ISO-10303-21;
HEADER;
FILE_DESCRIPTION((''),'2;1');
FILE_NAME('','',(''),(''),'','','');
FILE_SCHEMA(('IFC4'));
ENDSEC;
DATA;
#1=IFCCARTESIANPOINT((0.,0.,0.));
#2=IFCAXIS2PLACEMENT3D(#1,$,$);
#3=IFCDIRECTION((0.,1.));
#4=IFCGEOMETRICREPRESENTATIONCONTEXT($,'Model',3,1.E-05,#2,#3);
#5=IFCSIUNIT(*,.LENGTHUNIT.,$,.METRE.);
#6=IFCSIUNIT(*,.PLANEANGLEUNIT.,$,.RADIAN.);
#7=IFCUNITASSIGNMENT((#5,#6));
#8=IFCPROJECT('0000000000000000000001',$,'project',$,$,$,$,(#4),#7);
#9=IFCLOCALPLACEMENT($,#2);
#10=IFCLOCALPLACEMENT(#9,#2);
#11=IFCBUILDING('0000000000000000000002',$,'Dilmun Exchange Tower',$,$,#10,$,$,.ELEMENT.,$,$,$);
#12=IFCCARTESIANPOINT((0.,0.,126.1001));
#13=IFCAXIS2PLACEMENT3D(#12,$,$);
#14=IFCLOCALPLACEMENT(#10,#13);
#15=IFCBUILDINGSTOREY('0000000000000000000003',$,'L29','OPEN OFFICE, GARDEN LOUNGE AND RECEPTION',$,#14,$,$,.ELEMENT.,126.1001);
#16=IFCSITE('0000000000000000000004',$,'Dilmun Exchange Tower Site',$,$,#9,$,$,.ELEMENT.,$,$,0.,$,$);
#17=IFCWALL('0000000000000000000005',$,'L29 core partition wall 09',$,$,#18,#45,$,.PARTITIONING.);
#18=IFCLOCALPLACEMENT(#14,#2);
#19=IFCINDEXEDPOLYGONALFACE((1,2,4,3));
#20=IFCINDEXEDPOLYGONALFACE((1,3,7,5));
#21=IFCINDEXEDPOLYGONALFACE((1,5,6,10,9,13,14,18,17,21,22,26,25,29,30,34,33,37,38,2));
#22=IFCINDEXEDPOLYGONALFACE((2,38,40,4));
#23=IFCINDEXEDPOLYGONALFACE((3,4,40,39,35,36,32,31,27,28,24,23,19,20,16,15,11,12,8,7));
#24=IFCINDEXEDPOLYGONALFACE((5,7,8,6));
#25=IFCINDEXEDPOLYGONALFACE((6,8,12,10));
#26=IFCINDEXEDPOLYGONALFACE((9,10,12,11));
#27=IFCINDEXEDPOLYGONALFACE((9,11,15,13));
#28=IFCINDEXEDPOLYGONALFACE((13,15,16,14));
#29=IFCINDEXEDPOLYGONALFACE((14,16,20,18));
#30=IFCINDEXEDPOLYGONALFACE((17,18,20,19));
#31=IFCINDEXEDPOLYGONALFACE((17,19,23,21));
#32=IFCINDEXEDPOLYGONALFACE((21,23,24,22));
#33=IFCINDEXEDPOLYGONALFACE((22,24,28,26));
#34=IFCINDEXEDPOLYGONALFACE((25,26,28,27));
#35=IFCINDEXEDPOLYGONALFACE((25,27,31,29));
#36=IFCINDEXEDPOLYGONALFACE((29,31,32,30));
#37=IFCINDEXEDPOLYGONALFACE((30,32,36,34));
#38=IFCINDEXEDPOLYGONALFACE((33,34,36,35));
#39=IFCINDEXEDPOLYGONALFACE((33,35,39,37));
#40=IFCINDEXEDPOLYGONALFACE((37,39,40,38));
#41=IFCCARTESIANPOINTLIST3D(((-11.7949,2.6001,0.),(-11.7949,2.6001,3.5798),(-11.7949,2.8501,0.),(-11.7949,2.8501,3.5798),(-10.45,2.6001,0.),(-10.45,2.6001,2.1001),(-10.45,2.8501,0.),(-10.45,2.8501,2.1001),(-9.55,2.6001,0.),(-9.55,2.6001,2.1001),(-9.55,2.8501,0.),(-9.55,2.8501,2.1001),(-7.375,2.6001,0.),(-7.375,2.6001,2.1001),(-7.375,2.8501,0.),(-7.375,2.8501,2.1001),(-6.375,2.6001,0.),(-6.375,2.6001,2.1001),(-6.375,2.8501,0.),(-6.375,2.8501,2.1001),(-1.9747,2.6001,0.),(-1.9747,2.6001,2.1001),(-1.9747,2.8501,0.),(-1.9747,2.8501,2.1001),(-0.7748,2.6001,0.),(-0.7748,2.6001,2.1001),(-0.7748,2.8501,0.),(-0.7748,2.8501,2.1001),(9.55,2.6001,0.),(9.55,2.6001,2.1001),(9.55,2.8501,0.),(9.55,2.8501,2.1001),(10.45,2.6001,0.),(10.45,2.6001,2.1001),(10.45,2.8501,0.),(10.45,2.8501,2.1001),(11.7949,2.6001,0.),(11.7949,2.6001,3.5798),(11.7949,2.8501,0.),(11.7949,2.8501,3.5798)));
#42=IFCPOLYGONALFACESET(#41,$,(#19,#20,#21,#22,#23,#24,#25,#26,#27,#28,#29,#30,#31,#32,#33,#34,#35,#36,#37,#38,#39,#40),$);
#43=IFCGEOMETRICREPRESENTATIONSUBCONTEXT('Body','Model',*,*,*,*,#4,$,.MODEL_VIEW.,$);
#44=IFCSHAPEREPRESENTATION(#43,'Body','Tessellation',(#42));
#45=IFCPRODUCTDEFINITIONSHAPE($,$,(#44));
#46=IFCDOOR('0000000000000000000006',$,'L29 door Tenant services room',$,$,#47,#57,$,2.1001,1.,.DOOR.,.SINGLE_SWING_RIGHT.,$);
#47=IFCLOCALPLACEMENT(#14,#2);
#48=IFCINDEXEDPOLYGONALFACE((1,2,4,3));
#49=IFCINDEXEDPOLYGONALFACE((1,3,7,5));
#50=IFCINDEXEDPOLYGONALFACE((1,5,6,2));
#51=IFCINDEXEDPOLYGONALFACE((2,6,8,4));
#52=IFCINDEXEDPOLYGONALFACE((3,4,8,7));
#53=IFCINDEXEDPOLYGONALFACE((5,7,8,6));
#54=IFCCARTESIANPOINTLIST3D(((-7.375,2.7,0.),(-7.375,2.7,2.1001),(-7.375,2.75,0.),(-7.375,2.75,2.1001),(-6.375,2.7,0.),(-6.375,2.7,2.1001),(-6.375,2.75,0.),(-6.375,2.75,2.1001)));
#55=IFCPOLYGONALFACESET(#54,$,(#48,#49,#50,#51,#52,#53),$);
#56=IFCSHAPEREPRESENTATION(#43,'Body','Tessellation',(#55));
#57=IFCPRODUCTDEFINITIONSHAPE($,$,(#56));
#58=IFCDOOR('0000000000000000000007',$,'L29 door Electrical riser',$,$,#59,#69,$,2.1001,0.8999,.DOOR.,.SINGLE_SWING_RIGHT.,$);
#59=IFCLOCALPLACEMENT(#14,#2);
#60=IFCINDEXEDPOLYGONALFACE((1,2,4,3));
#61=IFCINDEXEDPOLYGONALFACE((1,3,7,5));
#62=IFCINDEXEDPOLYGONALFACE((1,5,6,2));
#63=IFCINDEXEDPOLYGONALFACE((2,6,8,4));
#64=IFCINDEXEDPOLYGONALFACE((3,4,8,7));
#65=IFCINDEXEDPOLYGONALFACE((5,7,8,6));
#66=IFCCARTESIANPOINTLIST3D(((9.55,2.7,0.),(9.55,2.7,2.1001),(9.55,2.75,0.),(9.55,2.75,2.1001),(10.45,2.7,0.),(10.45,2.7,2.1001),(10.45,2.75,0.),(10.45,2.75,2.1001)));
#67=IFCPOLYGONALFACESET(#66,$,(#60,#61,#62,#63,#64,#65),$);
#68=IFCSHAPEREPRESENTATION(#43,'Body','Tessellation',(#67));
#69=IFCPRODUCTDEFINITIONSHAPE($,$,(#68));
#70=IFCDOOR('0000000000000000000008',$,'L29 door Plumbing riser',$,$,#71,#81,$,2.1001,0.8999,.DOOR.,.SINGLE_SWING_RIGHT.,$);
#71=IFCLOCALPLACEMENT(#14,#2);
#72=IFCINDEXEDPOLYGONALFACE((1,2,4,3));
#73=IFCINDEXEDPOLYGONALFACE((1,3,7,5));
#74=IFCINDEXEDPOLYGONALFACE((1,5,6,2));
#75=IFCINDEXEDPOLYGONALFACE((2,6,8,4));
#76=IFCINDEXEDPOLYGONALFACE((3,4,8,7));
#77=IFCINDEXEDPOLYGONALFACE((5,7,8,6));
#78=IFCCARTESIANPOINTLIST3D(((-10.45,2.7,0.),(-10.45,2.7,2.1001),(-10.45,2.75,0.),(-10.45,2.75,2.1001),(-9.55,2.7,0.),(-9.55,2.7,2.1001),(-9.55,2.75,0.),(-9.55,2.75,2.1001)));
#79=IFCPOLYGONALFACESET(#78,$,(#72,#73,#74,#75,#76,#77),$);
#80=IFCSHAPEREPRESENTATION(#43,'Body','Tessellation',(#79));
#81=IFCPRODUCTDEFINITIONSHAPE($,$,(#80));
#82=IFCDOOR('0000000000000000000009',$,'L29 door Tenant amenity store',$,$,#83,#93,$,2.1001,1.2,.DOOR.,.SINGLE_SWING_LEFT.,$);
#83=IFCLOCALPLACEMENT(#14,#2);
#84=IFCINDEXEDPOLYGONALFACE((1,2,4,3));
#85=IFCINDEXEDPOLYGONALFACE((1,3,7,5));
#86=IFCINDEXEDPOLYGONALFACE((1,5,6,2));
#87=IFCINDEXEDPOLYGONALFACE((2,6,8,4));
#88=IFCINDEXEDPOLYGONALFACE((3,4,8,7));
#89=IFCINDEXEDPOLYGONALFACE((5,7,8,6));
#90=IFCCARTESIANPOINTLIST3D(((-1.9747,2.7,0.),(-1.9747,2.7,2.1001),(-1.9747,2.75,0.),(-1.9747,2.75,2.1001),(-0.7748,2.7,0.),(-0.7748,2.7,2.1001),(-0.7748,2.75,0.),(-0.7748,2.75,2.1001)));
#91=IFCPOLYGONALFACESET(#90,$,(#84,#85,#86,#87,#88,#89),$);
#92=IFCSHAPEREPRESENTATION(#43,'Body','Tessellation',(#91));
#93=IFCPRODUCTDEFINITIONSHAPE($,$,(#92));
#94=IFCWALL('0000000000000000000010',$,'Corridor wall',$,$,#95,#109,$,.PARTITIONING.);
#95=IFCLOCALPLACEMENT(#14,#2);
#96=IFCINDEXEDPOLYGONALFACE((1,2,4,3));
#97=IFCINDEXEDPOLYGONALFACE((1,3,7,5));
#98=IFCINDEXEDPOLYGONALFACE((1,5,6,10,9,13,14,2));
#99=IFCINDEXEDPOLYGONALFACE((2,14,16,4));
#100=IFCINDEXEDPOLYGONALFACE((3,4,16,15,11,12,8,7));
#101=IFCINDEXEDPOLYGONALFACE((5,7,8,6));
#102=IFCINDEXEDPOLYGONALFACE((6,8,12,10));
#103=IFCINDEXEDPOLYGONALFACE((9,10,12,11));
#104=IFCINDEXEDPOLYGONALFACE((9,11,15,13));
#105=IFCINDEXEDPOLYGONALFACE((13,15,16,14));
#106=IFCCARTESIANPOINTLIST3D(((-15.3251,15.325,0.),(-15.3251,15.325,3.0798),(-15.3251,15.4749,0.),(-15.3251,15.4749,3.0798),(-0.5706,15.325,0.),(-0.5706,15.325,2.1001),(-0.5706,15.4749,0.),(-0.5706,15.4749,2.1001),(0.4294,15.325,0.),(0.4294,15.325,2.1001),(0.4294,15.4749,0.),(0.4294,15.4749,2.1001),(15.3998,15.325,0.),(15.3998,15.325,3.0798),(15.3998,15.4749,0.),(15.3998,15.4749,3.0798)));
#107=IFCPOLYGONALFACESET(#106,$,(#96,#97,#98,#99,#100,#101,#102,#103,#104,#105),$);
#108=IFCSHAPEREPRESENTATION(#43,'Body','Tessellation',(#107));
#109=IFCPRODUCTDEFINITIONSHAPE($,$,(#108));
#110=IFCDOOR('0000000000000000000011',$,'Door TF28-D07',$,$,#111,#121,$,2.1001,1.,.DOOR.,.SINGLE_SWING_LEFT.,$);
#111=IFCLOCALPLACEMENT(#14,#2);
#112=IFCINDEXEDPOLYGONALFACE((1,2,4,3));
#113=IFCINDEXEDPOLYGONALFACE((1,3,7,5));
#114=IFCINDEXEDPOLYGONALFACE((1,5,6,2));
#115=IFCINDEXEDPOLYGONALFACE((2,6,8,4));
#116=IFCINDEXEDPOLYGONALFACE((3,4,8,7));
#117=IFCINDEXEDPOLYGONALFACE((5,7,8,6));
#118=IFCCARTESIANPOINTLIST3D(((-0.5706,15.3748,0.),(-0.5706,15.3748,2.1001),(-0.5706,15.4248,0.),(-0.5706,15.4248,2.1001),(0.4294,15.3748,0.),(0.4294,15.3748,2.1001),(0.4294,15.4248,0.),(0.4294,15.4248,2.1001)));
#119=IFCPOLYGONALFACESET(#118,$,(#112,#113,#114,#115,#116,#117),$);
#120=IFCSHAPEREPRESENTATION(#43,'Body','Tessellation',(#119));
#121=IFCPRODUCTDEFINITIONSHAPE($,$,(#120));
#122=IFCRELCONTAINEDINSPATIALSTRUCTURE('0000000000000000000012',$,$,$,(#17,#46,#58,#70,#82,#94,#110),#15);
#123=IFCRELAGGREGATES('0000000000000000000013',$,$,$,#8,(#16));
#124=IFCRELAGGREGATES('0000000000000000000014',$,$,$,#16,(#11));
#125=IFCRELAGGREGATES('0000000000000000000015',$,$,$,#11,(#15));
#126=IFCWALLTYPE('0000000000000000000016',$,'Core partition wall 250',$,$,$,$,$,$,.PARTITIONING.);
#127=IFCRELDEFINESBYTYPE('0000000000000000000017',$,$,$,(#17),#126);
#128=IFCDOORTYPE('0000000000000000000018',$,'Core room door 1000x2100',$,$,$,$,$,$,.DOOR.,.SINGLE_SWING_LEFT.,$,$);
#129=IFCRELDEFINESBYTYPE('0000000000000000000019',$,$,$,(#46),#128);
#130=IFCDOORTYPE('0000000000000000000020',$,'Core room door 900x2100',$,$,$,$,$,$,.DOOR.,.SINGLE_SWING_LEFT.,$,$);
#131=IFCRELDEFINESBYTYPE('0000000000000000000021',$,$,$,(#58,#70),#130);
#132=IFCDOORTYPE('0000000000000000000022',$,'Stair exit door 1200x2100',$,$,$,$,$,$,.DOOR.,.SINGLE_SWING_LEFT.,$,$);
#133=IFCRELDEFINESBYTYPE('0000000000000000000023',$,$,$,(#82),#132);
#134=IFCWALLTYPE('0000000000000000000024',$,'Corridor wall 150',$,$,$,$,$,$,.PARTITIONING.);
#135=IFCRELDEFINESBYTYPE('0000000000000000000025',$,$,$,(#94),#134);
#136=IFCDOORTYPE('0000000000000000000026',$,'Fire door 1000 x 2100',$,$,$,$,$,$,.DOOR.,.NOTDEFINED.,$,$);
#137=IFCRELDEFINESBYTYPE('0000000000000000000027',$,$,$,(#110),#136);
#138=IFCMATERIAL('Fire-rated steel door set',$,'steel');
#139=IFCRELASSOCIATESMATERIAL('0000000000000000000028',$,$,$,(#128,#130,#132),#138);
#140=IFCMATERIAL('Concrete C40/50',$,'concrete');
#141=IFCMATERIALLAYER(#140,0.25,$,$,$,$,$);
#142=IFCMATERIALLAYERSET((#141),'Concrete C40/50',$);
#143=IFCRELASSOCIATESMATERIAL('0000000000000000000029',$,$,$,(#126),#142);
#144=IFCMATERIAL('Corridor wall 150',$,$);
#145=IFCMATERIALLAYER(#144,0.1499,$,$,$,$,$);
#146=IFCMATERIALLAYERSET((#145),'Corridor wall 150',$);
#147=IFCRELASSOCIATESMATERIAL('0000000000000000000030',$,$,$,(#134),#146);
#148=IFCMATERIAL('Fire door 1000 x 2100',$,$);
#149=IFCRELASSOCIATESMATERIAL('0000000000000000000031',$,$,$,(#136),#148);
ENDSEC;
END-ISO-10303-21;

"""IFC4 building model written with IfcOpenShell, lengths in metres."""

from ifc_helpers import new_model, si_unit, direction, frame, frame_2d, origin, place, context, subcontext, project, spatial, rectangle, extrude, material, layer, layer_set, type_object, element, fill, save


model = new_model("IFC4")

# Units and contexts
model_context = context("Model", 3, precision=1e-05, world=origin(), true_north=direction((0.0, 1.0)))
body_context = subcontext(model_context, "Body", "Model", "MODEL_VIEW")
ifc_project = project(units=[si_unit("LENGTHUNIT", "METRE"), si_unit("PLANEANGLEUNIT", "RADIAN")], contexts=[model_context])

# Site, building, storey
site_placement = place(None, origin())
site = spatial("IfcSite", under=ifc_project, at=site_placement, Name="Dilmun Exchange Tower Site", CompositionType="ELEMENT", RefElevation=0.0)
building_placement = place(site_placement, origin())
building = spatial("IfcBuilding", under=site, at=building_placement, Name="Dilmun Exchange Tower", CompositionType="ELEMENT")
storey_placement = place(building_placement, frame((0.0, 0.0, 126.1001)))
storey = spatial("IfcBuildingStorey", under=building, at=storey_placement, Name="L29", Description="OPEN OFFICE, GARDEN LOUNGE AND RECEPTION", CompositionType="ELEMENT", Elevation=126.1001)

# Shared definitions
ifc_material_1 = material(Name="Concrete C40/50", Category="concrete")

# Shared definitions
ifc_material_2 = material(Name="Fire-rated steel door set", Category="steel")
door_type_1 = type_object("IfcDoorType", Name="Core room door 1000x2100", OperationType="SINGLE_SWING_LEFT", PredefinedType="DOOR", material=ifc_material_2)

# Wall, openings, doors
ifc_layer_1 = layer(ifc_material_1, 0.25)
ifc_layer_set_1 = layer_set([ifc_layer_1], Name="Concrete C40/50")
wall_type_1 = type_object("IfcWallType", Name="Core partition wall 250", PredefinedType="PARTITIONING", material=ifc_layer_set_1)
wall_1_placement = place(storey_placement, frame((-11.7949, 2.7251, 0.0), z_axis=(0.0, 0.0, 1.0), x_axis=(1.0, 0.0, 0.0)))
wall_1 = element("IfcWall", 1, at=wall_1_placement, inside=storey, type_object=wall_type_1, Name="L29 core partition wall 09", PredefinedType="PARTITIONING", context=body_context, shape_type="SweptSolid", body=[
    extrude(rectangle(XDim=23.5898, YDim=0.25, at=frame_2d((11.7949, 0.0))), origin(), (0.0, 0.0, 1.0), 3.5798),
])
opening_1_placement = place(wall_1_placement, frame((21.345, 0.0, 0.0)))
opening_1 = element("IfcOpeningElement", 2, at=opening_1_placement, cuts=wall_1, PredefinedType="OPENING", context=body_context, shape_type="SweptSolid", body=[
    extrude(rectangle(XDim=0.8999, YDim=2.1001, at=frame_2d((0.45, 1.05))), frame((0.0, 0.135, 0.0), z_axis=(0.0, -1.0, 0.0), x_axis=(1.0, 0.0, 0.0)), (0.0, 0.0, 1.0), 0.27),
])
opening_2_placement = place(wall_1_placement, frame((1.345, 0.0, 0.0)))
opening_2 = element("IfcOpeningElement", 3, at=opening_2_placement, cuts=wall_1, PredefinedType="OPENING", context=body_context, shape_type="SweptSolid", body=[
    extrude(rectangle(XDim=0.8999, YDim=2.1001, at=frame_2d((0.45, 1.05))), frame((0.0, 0.135, 0.0), z_axis=(0.0, -1.0, 0.0), x_axis=(1.0, 0.0, 0.0)), (0.0, 0.0, 1.0), 0.27),
])
opening_3_placement = place(wall_1_placement, frame((4.4199, 0.0, 0.0)))
opening_3 = element("IfcOpeningElement", 4, at=opening_3_placement, cuts=wall_1, PredefinedType="OPENING", context=body_context, shape_type="SweptSolid", body=[
    extrude(rectangle(XDim=1.0, YDim=2.1001, at=frame_2d((0.5, 1.05))), frame((0.0, 0.135, 0.0), z_axis=(0.0, -1.0, 0.0), x_axis=(1.0, 0.0, 0.0)), (0.0, 0.0, 1.0), 0.27),
])
opening_4_placement = place(wall_1_placement, frame((9.8201, 0.0, 0.0)))
opening_4 = element("IfcOpeningElement", 5, at=opening_4_placement, cuts=wall_1, PredefinedType="OPENING", context=body_context, shape_type="SweptSolid", body=[
    extrude(rectangle(XDim=1.2, YDim=2.1001, at=frame_2d((0.6001, 1.05))), frame((0.0, 0.135, 0.0), z_axis=(0.0, -1.0, 0.0), x_axis=(1.0, 0.0, 0.0)), (0.0, 0.0, 1.0), 0.27),
])
door_1_placement = place(opening_3_placement, origin())
door_1 = element("IfcDoor", 6, at=door_1_placement, inside=storey, type_object=door_type_1, Name="L29 door Tenant services room", OperationType="SINGLE_SWING_RIGHT", OverallHeight=2.1001, OverallWidth=1.0, PredefinedType="DOOR", context=body_context, shape_type="SweptSolid", body=[
    extrude(rectangle(XDim=1.0, YDim=2.1001, at=frame_2d((0.5, 1.05))), frame((0.0, 0.0249, 0.0), z_axis=(0.0, -1.0, 0.0), x_axis=(1.0, 0.0, 0.0)), (0.0, 0.0, 1.0), 0.05),
])
fill(opening_3, door_1)
door_type_2 = type_object("IfcDoorType", Name="Core room door 900x2100", OperationType="SINGLE_SWING_LEFT", PredefinedType="DOOR", material=ifc_material_2)
door_2_placement = place(opening_1_placement, origin())
door_2 = element("IfcDoor", 7, at=door_2_placement, inside=storey, type_object=door_type_2, Name="L29 door Electrical riser", OperationType="SINGLE_SWING_RIGHT", OverallHeight=2.1001, OverallWidth=0.8999, PredefinedType="DOOR", context=body_context, shape_type="SweptSolid", body=[
    extrude(rectangle(XDim=0.8999, YDim=2.1001, at=frame_2d((0.45, 1.05))), frame((0.0, 0.0249, 0.0), z_axis=(0.0, -1.0, 0.0), x_axis=(1.0, 0.0, 0.0)), (0.0, 0.0, 1.0), 0.05),
])
fill(opening_1, door_2)
door_3_placement = place(opening_2_placement, origin())
door_3 = element("IfcDoor", 8, at=door_3_placement, inside=storey, type_object=door_type_2, Name="L29 door Plumbing riser", OperationType="SINGLE_SWING_RIGHT", OverallHeight=2.1001, OverallWidth=0.8999, PredefinedType="DOOR", context=body_context, shape_type="SweptSolid", body=[
    extrude(rectangle(XDim=0.8999, YDim=2.1001, at=frame_2d((0.45, 1.05))), frame((0.0, 0.0249, 0.0), z_axis=(0.0, -1.0, 0.0), x_axis=(1.0, 0.0, 0.0)), (0.0, 0.0, 1.0), 0.05),
])
fill(opening_2, door_3)
door_type_3 = type_object("IfcDoorType", Name="Stair exit door 1200x2100", OperationType="SINGLE_SWING_LEFT", PredefinedType="DOOR", material=ifc_material_2)
door_4_placement = place(opening_4_placement, origin())
door_4 = element("IfcDoor", 9, at=door_4_placement, inside=storey, type_object=door_type_3, Name="L29 door Tenant amenity store", OperationType="SINGLE_SWING_LEFT", OverallHeight=2.1001, OverallWidth=1.2, PredefinedType="DOOR", context=body_context, shape_type="SweptSolid", body=[
    extrude(rectangle(XDim=1.2, YDim=2.1001, at=frame_2d((0.6001, 1.05))), frame((0.0, 0.0249, 0.0), z_axis=(0.0, -1.0, 0.0), x_axis=(1.0, 0.0, 0.0)), (0.0, 0.0, 1.0), 0.05),
])
fill(opening_4, door_4)

# Wall, opening, door
ifc_material_3 = material(Name="Corridor wall 150")
ifc_layer_2 = layer(ifc_material_3, 0.1499)
ifc_layer_set_2 = layer_set([ifc_layer_2], Name="Corridor wall 150")
wall_type_2 = type_object("IfcWallType", Name="Corridor wall 150", PredefinedType="PARTITIONING", material=ifc_layer_set_2)
wall_2_placement = place(storey_placement, frame((-15.325, 15.3999, 0.0), z_axis=(0.0, 0.0, 1.0), x_axis=(1.0, 0.0, 0.0)))
wall_2 = element("IfcWall", 10, at=wall_2_placement, inside=storey, type_object=wall_type_2, Name="Corridor wall", PredefinedType="PARTITIONING", context=body_context, shape_type="SweptSolid", body=[
    extrude(rectangle(XDim=30.7249, YDim=0.1499, at=frame_2d((15.3623, 0.0))), origin(), (0.0, 0.0, 1.0), 3.0798),
])
opening_5_placement = place(wall_2_placement, frame((14.7544, 0.0, 0.0)))
opening_5 = element("IfcOpeningElement", 11, at=opening_5_placement, cuts=wall_2, PredefinedType="OPENING", context=body_context, shape_type="SweptSolid", body=[
    extrude(rectangle(XDim=1.0, YDim=2.1001, at=frame_2d((0.5, 1.05))), frame((0.0, 0.085, 0.0), z_axis=(0.0, -1.0, 0.0), x_axis=(1.0, 0.0, 0.0)), (0.0, 0.0, 1.0), 0.1699),
])
ifc_material_4 = material(Name="Fire door 1000 x 2100")
door_type_4 = type_object("IfcDoorType", Name="Fire door 1000 x 2100", OperationType="NOTDEFINED", PredefinedType="DOOR", material=ifc_material_4)
door_5_placement = place(opening_5_placement, origin())
door_5 = element("IfcDoor", 12, at=door_5_placement, inside=storey, type_object=door_type_4, Name="Door TF28-D07", OperationType="SINGLE_SWING_LEFT", OverallHeight=2.1001, OverallWidth=1.0, PredefinedType="DOOR", context=body_context, shape_type="SweptSolid", body=[
    extrude(rectangle(XDim=1.0, YDim=2.1001, at=frame_2d((0.5, 1.05))), frame((0.0, 0.0249, 0.0), z_axis=(0.0, -1.0, 0.0), x_axis=(1.0, 0.0, 0.0)), (0.0, 0.0, 1.0), 0.05),
])
fill(opening_5, door_5)

save(model, "model.ifc")
